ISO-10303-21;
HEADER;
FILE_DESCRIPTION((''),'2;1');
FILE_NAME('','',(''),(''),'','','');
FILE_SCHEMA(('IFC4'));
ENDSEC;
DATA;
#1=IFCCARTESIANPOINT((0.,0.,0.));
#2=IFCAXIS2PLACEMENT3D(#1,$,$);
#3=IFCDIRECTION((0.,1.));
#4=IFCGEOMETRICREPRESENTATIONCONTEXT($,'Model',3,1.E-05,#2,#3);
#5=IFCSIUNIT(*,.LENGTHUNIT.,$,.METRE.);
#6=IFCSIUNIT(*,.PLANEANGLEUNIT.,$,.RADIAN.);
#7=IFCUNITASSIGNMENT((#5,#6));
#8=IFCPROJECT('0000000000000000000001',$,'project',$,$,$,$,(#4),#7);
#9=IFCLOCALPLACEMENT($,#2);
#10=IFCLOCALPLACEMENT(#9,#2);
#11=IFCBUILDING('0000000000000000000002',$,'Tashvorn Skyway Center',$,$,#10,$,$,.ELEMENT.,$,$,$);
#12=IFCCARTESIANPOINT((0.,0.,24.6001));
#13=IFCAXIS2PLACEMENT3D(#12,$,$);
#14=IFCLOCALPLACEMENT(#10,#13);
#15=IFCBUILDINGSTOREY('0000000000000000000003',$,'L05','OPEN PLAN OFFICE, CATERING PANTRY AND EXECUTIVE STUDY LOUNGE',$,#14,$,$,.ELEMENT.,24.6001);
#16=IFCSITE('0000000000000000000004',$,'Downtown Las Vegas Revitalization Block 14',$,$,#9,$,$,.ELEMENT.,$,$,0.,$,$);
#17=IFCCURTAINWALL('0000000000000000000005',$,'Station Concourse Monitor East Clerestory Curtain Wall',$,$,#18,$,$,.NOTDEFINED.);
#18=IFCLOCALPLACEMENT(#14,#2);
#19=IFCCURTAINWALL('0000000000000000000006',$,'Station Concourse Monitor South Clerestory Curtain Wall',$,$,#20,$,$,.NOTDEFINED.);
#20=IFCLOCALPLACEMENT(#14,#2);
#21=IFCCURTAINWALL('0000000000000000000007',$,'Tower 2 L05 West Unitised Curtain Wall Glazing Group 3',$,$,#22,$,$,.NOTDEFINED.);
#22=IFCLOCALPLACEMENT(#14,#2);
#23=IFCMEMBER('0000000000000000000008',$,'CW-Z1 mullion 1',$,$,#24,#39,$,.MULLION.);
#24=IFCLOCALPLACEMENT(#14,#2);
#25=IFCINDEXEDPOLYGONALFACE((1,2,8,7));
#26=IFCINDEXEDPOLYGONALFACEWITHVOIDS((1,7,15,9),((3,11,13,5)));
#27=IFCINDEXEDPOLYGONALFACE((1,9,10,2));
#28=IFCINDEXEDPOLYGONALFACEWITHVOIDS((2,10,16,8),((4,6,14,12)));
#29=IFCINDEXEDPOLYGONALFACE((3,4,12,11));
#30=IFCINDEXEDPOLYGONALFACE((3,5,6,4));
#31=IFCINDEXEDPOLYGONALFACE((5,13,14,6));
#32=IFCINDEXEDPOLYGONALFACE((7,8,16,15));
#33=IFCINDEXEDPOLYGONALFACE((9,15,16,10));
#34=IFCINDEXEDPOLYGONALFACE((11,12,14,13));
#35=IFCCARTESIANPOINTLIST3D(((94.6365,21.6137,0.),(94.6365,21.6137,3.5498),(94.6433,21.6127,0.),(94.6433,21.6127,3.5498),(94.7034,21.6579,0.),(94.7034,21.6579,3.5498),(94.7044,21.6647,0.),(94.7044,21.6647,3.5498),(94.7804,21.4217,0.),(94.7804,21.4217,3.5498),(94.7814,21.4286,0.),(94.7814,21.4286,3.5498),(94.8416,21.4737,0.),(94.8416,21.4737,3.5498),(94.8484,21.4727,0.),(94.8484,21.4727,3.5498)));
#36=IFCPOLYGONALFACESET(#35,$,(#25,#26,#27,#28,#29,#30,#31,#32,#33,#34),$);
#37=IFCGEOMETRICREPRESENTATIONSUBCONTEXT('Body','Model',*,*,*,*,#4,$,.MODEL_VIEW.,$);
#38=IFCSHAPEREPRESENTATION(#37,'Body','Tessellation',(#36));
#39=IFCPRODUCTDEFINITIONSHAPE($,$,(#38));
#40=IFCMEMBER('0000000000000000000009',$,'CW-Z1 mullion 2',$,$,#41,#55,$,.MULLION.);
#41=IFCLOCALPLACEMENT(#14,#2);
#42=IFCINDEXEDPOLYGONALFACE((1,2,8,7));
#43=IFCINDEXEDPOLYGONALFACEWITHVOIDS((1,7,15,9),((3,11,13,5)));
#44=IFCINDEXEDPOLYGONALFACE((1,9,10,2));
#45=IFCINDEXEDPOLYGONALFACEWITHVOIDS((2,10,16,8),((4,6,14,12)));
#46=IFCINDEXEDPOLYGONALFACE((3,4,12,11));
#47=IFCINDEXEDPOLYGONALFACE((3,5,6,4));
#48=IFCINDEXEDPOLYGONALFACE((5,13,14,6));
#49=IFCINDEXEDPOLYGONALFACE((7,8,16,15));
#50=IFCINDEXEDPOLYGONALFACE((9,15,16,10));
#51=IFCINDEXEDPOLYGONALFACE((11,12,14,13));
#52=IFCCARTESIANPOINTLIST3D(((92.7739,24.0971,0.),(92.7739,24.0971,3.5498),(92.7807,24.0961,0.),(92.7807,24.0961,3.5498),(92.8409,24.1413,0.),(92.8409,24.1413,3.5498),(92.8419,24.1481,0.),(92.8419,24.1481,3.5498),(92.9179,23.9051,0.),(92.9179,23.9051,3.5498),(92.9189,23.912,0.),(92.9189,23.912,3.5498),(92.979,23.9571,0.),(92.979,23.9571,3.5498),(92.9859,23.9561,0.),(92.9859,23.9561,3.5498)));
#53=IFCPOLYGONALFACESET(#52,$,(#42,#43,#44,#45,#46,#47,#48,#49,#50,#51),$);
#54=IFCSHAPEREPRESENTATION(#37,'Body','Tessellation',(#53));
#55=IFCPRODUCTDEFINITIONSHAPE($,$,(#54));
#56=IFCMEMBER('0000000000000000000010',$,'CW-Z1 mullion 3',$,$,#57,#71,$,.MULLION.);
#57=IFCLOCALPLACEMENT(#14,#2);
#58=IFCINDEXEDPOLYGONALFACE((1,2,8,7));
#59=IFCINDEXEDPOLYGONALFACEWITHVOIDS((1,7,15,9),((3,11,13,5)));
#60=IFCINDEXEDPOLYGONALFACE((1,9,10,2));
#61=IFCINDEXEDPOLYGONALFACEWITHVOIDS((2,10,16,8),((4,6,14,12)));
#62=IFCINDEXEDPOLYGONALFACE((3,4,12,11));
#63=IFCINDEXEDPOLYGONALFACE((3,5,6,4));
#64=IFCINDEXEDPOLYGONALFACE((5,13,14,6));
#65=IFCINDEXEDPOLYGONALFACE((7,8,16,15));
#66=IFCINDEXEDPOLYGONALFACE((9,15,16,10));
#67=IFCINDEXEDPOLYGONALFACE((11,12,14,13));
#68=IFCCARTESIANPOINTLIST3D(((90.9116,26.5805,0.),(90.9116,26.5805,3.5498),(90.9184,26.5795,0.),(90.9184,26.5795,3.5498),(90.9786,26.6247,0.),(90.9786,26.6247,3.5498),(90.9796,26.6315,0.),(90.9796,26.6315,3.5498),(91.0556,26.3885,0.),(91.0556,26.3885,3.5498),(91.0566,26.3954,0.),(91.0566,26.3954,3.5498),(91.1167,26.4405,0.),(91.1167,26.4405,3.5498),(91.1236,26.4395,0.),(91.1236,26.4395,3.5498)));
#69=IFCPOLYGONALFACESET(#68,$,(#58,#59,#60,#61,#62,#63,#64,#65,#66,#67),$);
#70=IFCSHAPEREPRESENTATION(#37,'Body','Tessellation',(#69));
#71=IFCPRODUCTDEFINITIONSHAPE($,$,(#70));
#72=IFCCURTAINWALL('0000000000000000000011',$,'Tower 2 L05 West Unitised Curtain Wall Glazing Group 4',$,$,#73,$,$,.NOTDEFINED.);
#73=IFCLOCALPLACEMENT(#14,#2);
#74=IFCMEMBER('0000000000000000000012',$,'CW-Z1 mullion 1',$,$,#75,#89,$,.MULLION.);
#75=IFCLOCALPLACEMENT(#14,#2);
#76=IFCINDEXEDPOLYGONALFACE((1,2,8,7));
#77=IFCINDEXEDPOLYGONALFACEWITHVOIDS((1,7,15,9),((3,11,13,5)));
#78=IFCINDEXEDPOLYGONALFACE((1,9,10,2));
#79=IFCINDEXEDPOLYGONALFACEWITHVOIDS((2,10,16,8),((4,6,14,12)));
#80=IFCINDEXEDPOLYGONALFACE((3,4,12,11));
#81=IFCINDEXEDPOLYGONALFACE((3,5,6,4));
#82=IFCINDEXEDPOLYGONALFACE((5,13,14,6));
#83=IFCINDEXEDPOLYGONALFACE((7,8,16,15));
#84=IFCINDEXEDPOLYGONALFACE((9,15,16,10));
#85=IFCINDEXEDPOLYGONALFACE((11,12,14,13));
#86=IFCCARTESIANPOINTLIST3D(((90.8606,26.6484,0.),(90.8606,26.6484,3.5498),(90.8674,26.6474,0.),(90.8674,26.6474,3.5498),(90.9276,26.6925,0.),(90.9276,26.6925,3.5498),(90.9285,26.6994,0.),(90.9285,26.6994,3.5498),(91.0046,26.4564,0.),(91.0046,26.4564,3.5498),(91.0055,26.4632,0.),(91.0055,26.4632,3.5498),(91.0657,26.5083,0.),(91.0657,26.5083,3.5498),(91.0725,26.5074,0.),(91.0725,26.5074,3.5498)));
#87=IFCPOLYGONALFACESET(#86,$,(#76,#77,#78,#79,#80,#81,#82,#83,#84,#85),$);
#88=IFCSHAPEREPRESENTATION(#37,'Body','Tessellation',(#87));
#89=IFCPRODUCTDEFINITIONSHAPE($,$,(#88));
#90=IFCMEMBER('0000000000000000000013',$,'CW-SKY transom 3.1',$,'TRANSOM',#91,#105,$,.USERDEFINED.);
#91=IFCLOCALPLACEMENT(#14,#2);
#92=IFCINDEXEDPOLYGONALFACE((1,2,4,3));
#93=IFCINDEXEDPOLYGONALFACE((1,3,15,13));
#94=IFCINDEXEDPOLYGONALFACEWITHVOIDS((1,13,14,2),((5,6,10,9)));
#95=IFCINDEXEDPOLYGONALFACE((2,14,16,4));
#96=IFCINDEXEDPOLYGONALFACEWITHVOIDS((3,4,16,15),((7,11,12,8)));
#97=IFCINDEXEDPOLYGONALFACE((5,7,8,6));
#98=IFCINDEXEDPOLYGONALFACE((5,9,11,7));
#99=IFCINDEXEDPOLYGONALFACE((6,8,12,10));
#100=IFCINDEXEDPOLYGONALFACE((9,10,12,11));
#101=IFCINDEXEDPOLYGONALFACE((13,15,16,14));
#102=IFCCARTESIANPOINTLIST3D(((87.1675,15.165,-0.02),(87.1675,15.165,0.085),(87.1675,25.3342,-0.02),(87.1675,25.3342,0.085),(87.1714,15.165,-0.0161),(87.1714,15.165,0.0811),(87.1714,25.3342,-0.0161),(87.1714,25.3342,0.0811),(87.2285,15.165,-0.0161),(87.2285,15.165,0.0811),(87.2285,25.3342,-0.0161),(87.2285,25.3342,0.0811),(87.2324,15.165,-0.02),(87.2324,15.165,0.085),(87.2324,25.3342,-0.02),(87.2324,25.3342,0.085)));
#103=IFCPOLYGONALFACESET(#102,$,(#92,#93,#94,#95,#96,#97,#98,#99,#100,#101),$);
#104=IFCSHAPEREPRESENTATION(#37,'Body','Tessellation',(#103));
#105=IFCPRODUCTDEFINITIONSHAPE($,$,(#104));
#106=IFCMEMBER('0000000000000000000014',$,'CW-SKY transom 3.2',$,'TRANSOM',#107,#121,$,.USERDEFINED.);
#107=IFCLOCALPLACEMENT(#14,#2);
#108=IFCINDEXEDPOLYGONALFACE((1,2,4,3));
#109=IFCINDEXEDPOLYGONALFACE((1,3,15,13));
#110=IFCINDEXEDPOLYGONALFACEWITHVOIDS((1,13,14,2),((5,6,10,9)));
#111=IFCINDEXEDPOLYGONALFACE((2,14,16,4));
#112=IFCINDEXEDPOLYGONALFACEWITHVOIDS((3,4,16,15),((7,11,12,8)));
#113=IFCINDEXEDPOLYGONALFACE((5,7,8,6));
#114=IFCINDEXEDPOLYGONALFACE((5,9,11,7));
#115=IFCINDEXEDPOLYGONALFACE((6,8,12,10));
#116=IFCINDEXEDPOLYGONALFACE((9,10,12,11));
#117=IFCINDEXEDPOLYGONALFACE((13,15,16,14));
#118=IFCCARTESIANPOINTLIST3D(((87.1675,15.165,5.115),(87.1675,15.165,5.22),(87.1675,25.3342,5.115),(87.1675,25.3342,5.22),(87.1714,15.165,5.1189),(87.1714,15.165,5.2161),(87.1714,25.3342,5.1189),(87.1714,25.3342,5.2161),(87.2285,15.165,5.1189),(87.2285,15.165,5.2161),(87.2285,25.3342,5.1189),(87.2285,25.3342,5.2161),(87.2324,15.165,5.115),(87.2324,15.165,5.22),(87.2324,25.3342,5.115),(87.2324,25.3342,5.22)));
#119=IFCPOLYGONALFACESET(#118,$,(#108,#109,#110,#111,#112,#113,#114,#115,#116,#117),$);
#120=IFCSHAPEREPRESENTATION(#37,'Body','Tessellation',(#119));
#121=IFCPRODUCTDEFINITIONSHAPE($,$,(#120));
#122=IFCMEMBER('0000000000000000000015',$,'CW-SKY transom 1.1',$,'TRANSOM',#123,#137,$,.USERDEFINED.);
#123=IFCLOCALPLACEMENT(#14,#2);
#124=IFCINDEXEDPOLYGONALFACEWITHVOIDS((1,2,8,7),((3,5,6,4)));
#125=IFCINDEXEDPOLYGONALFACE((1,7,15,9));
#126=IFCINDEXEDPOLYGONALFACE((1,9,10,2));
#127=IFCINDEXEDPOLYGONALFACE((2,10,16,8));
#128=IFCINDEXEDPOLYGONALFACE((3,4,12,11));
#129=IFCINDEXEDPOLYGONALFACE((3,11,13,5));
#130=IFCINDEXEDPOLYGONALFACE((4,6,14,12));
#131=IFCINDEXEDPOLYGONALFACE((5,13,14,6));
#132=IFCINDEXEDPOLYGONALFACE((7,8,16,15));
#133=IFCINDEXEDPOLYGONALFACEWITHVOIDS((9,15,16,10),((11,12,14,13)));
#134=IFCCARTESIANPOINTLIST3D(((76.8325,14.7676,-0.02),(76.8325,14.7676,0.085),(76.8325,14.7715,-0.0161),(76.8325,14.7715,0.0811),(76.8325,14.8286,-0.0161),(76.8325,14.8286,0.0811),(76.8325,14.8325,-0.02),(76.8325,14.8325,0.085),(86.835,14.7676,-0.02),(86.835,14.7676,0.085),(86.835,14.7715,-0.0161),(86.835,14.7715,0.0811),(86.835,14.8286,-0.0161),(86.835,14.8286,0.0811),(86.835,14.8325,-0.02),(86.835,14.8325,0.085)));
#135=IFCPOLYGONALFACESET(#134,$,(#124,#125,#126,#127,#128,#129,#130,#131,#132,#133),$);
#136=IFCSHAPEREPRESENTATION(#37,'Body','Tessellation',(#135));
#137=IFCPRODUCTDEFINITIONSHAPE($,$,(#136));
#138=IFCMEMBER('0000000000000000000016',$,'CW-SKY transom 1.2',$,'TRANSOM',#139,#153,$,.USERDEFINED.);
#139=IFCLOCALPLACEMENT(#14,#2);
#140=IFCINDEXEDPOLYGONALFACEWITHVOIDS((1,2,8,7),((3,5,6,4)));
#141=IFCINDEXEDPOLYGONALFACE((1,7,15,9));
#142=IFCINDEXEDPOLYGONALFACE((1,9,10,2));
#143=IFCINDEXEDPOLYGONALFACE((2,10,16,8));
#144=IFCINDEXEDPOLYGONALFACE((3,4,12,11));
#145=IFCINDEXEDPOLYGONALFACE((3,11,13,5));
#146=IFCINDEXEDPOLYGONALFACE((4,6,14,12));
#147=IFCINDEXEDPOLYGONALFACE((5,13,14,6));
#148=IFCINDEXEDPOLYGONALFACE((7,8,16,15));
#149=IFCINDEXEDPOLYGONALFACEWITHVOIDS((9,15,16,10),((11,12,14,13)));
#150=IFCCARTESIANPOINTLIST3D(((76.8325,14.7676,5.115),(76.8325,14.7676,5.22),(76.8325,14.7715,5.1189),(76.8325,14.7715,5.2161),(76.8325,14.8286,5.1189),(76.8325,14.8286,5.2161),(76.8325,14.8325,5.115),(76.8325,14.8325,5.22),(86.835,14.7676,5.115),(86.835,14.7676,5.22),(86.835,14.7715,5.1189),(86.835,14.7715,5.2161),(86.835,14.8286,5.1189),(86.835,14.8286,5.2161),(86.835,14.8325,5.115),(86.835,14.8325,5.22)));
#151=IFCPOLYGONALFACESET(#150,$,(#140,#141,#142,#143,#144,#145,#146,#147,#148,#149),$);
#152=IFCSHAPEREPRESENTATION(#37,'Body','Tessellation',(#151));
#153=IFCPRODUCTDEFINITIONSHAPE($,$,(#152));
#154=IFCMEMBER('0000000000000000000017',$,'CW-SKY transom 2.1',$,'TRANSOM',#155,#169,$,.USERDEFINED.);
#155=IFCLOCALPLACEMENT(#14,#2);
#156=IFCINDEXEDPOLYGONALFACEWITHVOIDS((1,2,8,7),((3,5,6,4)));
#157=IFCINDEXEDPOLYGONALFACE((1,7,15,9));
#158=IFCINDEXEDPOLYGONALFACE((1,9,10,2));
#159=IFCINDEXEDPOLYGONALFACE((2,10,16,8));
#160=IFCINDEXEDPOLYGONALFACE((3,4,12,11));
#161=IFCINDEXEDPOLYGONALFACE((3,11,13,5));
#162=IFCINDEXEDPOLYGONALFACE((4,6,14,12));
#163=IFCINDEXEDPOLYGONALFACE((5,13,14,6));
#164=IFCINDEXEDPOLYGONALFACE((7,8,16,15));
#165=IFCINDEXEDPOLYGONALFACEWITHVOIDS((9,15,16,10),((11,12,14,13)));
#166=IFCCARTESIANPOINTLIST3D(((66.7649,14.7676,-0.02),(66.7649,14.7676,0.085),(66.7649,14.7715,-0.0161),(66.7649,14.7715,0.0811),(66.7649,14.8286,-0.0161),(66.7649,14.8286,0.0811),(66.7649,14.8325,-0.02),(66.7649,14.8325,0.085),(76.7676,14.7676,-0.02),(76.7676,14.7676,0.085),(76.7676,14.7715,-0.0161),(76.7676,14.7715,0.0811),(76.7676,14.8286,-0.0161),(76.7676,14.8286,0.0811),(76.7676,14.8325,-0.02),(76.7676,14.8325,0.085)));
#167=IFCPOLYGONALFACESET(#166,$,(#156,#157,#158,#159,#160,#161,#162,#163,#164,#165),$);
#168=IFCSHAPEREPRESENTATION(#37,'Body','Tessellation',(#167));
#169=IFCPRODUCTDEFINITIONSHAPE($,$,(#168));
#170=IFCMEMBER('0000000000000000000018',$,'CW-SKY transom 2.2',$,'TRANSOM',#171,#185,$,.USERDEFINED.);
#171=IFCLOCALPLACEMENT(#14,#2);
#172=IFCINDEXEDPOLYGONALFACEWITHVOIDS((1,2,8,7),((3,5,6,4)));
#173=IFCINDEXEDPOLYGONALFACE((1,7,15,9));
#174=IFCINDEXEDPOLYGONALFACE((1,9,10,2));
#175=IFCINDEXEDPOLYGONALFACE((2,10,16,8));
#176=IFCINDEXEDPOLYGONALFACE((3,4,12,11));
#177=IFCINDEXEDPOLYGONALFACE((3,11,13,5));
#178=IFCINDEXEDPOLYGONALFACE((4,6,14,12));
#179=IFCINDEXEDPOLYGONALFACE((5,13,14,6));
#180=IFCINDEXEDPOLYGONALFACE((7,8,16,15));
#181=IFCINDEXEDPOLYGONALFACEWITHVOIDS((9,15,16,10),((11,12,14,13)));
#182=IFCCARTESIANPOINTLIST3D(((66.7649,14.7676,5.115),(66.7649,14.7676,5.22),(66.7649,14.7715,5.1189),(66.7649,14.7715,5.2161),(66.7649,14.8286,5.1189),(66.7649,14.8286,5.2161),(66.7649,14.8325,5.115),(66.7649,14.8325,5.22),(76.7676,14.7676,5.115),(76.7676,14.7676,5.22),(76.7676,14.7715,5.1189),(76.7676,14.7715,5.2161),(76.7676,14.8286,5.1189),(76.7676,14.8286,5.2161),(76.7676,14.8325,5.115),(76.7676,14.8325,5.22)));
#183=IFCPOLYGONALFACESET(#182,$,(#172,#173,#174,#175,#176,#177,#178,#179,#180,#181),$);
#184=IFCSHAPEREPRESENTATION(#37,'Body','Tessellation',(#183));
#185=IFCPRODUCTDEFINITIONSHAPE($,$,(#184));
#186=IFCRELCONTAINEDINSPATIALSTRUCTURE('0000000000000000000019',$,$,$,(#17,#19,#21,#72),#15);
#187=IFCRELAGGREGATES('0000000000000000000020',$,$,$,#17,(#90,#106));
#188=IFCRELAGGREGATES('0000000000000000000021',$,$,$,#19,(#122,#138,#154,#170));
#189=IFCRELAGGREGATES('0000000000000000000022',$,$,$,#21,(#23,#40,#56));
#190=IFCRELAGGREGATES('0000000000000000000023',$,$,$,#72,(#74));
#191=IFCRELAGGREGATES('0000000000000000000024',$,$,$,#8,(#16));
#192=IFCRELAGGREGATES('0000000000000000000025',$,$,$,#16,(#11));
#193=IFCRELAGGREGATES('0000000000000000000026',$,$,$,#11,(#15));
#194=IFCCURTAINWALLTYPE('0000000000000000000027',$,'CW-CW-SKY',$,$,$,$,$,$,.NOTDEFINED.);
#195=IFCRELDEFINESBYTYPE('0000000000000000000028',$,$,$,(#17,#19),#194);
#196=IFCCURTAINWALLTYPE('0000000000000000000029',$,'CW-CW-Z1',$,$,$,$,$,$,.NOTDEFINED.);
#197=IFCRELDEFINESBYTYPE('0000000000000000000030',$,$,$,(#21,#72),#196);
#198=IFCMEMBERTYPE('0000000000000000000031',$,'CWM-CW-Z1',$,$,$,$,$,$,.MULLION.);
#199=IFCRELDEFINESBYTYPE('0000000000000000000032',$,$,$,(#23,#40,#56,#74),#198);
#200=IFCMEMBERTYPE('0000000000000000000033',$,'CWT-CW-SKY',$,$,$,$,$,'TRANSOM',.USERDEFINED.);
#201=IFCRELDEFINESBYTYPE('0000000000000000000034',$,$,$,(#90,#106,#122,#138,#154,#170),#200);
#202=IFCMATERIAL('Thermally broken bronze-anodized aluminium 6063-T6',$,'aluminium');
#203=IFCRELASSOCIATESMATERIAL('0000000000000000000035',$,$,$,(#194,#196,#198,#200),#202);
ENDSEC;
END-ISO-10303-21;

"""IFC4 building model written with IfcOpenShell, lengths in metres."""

from ifc_helpers import new_model, si_unit, direction, frame, origin, origin_2d, place, context, subcontext, project, spatial, hollow_rectangle, extrude, material, material_profile, profile_set, type_object, element, aggregate, save


model = new_model("IFC4")

# Units and contexts
model_context = context("Model", 3, precision=1e-05, world=origin(), true_north=direction((0.0, 1.0)))
body_context = subcontext(model_context, "Body", "Model", "MODEL_VIEW")
ifc_project = project(units=[si_unit("LENGTHUNIT", "METRE"), si_unit("PLANEANGLEUNIT", "RADIAN")], contexts=[model_context])

# Site, building, storey
site_placement = place(None, origin())
site = spatial("IfcSite", under=ifc_project, at=site_placement, Name="Downtown Las Vegas Revitalization Block 14", CompositionType="ELEMENT", RefElevation=0.0)
building_placement = place(site_placement, origin())
building = spatial("IfcBuilding", under=site, at=building_placement, Name="Tashvorn Skyway Center", CompositionType="ELEMENT")
storey_placement = place(building_placement, frame((0.0, 0.0, 24.6001)))
storey = spatial("IfcBuildingStorey", under=building, at=storey_placement, Name="L05", Description="OPEN PLAN OFFICE, CATERING PANTRY AND EXECUTIVE STUDY LOUNGE", CompositionType="ELEMENT", Elevation=24.6001)

# Curtain walls, members
ifc_material_1 = material(Name="Thermally broken bronze-anodized aluminium 6063-T6", Category="aluminium")
curtain_wall_type_1 = type_object("IfcCurtainWallType", Name="CW-CW-SKY", PredefinedType="NOTDEFINED", material=ifc_material_1)
curtain_wall_1_placement = place(storey_placement, origin())
curtain_wall_1 = element("IfcCurtainWall", 1, at=curtain_wall_1_placement, inside=storey, type_object=curtain_wall_type_1, Name="Station Concourse Monitor East Clerestory Curtain Wall", PredefinedType="NOTDEFINED")
curtain_wall_2_placement = place(storey_placement, origin())
curtain_wall_2 = element("IfcCurtainWall", 2, at=curtain_wall_2_placement, inside=storey, type_object=curtain_wall_type_1, Name="Station Concourse Monitor South Clerestory Curtain Wall", PredefinedType="NOTDEFINED")
curtain_wall_type_2 = type_object("IfcCurtainWallType", Name="CW-CW-Z1", PredefinedType="NOTDEFINED", material=ifc_material_1)
curtain_wall_3_placement = place(storey_placement, origin())
curtain_wall_3 = element("IfcCurtainWall", 3, at=curtain_wall_3_placement, inside=storey, type_object=curtain_wall_type_2, Name="Tower 2 L05 West Unitised Curtain Wall Glazing Group 3", PredefinedType="NOTDEFINED")
ifc_material_profile_1 = material_profile(ifc_material_1, hollow_rectangle(XDim=0.085, YDim=0.24, WallThickness=0.0049, at=origin_2d()), Name="ALU-MULL-85x240")
ifc_profile_set_1 = profile_set([ifc_material_profile_1], Name="Thermally broken bronze-anodized aluminium 6063-T6")
member_type_1 = type_object("IfcMemberType", Name="CWM-CW-Z1", PredefinedType="MULLION", material=ifc_profile_set_1)
member_1_placement = place(storey_placement, frame((94.7424, 21.5432, 0.0), z_axis=(0.0, 0.0, 1.0), x_axis=(-0.800002, -0.599997, 0.0)))
member_1 = element("IfcMember", 4, at=member_1_placement, type_object=member_type_1, Name="CW-Z1 mullion 1", PredefinedType="MULLION", context=body_context, shape_type="SweptSolid", body=[
    extrude(hollow_rectangle(XDim=0.085, YDim=0.24, WallThickness=0.0049, at=origin_2d()), origin(), (0.0, 0.0, 1.0), 3.5498),
])
member_2_placement = place(storey_placement, frame((92.8799, 24.0266, 0.0), z_axis=(0.0, 0.0, 1.0), x_axis=(-0.800002, -0.599997, 0.0)))
member_2 = element("IfcMember", 5, at=member_2_placement, type_object=member_type_1, Name="CW-Z1 mullion 2", PredefinedType="MULLION", context=body_context, shape_type="SweptSolid", body=[
    extrude(hollow_rectangle(XDim=0.085, YDim=0.24, WallThickness=0.0049, at=origin_2d()), origin(), (0.0, 0.0, 1.0), 3.5498),
])
member_3_placement = place(storey_placement, frame((91.0176, 26.51, 0.0), z_axis=(0.0, 0.0, 1.0), x_axis=(-0.800002, -0.599997, 0.0)))
member_3 = element("IfcMember", 6, at=member_3_placement, type_object=member_type_1, Name="CW-Z1 mullion 3", PredefinedType="MULLION", context=body_context, shape_type="SweptSolid", body=[
    extrude(hollow_rectangle(XDim=0.085, YDim=0.24, WallThickness=0.0049, at=origin_2d()), origin(), (0.0, 0.0, 1.0), 3.5498),
])

# Curtain wall, member
curtain_wall_4_placement = place(storey_placement, origin())
curtain_wall_4 = element("IfcCurtainWall", 7, at=curtain_wall_4_placement, inside=storey, type_object=curtain_wall_type_2, Name="Tower 2 L05 West Unitised Curtain Wall Glazing Group 4", PredefinedType="NOTDEFINED")
member_4_placement = place(storey_placement, frame((90.9666, 26.5779, 0.0), z_axis=(0.0, 0.0, 1.0), x_axis=(-0.8, -0.6, 0.0)))
member_4 = element("IfcMember", 8, at=member_4_placement, type_object=member_type_1, Name="CW-Z1 mullion 1", PredefinedType="MULLION", context=body_context, shape_type="SweptSolid", body=[
    extrude(hollow_rectangle(XDim=0.085, YDim=0.24, WallThickness=0.0049, at=origin_2d()), origin(), (0.0, 0.0, 1.0), 3.5498),
])

# Members
ifc_material_profile_2 = material_profile(ifc_material_1, hollow_rectangle(XDim=0.0649, YDim=0.105, WallThickness=0.0039, at=origin_2d()), Name="ALU-TRAN-65x105")
ifc_profile_set_2 = profile_set([ifc_material_profile_2], Name="Thermally broken bronze-anodized aluminium 6063-T6")
member_type_2 = type_object("IfcMemberType", Name="CWT-CW-SKY", ElementType="TRANSOM", PredefinedType="USERDEFINED", material=ifc_profile_set_2)
member_5_placement = place(storey_placement, frame((87.2, 25.3342, 0.0325), z_axis=(0.0, -1.0, 0.0), x_axis=(1.0, 0.0, 0.0)))
member_5 = element("IfcMember", 9, at=member_5_placement, type_object=member_type_2, Name="CW-SKY transom 3.1", ObjectType="TRANSOM", PredefinedType="USERDEFINED", context=body_context, shape_type="SweptSolid", body=[
    extrude(hollow_rectangle(XDim=0.0649, YDim=0.105, WallThickness=0.0039, at=origin_2d()), origin(), (0.0, 0.0, 1.0), 10.1692),
])
member_6_placement = place(storey_placement, frame((87.2, 25.3342, 5.1675), z_axis=(0.0, -1.0, 0.0), x_axis=(1.0, 0.0, 0.0)))
member_6 = element("IfcMember", 10, at=member_6_placement, type_object=member_type_2, Name="CW-SKY transom 3.2", ObjectType="TRANSOM", PredefinedType="USERDEFINED", context=body_context, shape_type="SweptSolid", body=[
    extrude(hollow_rectangle(XDim=0.0649, YDim=0.105, WallThickness=0.0039, at=origin_2d()), origin(), (0.0, 0.0, 1.0), 10.1692),
])
member_7_placement = place(storey_placement, frame((86.835, 14.8, 0.0325), z_axis=(-1.0, 0.0, 0.0), x_axis=(0.0, -1.0, 0.0)))
member_7 = element("IfcMember", 11, at=member_7_placement, type_object=member_type_2, Name="CW-SKY transom 1.1", ObjectType="TRANSOM", PredefinedType="USERDEFINED", context=body_context, shape_type="SweptSolid", body=[
    extrude(hollow_rectangle(XDim=0.0649, YDim=0.105, WallThickness=0.0039, at=origin_2d()), origin(), (0.0, 0.0, 1.0), 10.0024),
])
member_8_placement = place(storey_placement, frame((86.835, 14.8, 5.1675), z_axis=(-1.0, 0.0, 0.0), x_axis=(0.0, -1.0, 0.0)))
member_8 = element("IfcMember", 12, at=member_8_placement, type_object=member_type_2, Name="CW-SKY transom 1.2", ObjectType="TRANSOM", PredefinedType="USERDEFINED", context=body_context, shape_type="SweptSolid", body=[
    extrude(hollow_rectangle(XDim=0.0649, YDim=0.105, WallThickness=0.0039, at=origin_2d()), origin(), (0.0, 0.0, 1.0), 10.0024),
])
member_9_placement = place(storey_placement, frame((76.7676, 14.8, 0.0325), z_axis=(-1.0, 0.0, 0.0), x_axis=(0.0, -1.0, 0.0)))
member_9 = element("IfcMember", 13, at=member_9_placement, type_object=member_type_2, Name="CW-SKY transom 2.1", ObjectType="TRANSOM", PredefinedType="USERDEFINED", context=body_context, shape_type="SweptSolid", body=[
    extrude(hollow_rectangle(XDim=0.0649, YDim=0.105, WallThickness=0.0039, at=origin_2d()), origin(), (0.0, 0.0, 1.0), 10.0027),
])
member_10_placement = place(storey_placement, frame((76.7676, 14.8, 5.1675), z_axis=(-1.0, 0.0, 0.0), x_axis=(0.0, -1.0, 0.0)))
member_10 = element("IfcMember", 14, at=member_10_placement, type_object=member_type_2, Name="CW-SKY transom 2.2", ObjectType="TRANSOM", PredefinedType="USERDEFINED", context=body_context, shape_type="SweptSolid", body=[
    extrude(hollow_rectangle(XDim=0.0649, YDim=0.105, WallThickness=0.0039, at=origin_2d()), origin(), (0.0, 0.0, 1.0), 10.0027),
])

aggregate(curtain_wall_1, [member_5, member_6])
aggregate(curtain_wall_2, [member_7, member_8, member_9, member_10])
aggregate(curtain_wall_3, [member_1, member_2, member_3])
aggregate(curtain_wall_4, [member_4])

save(model, "model.ifc")
